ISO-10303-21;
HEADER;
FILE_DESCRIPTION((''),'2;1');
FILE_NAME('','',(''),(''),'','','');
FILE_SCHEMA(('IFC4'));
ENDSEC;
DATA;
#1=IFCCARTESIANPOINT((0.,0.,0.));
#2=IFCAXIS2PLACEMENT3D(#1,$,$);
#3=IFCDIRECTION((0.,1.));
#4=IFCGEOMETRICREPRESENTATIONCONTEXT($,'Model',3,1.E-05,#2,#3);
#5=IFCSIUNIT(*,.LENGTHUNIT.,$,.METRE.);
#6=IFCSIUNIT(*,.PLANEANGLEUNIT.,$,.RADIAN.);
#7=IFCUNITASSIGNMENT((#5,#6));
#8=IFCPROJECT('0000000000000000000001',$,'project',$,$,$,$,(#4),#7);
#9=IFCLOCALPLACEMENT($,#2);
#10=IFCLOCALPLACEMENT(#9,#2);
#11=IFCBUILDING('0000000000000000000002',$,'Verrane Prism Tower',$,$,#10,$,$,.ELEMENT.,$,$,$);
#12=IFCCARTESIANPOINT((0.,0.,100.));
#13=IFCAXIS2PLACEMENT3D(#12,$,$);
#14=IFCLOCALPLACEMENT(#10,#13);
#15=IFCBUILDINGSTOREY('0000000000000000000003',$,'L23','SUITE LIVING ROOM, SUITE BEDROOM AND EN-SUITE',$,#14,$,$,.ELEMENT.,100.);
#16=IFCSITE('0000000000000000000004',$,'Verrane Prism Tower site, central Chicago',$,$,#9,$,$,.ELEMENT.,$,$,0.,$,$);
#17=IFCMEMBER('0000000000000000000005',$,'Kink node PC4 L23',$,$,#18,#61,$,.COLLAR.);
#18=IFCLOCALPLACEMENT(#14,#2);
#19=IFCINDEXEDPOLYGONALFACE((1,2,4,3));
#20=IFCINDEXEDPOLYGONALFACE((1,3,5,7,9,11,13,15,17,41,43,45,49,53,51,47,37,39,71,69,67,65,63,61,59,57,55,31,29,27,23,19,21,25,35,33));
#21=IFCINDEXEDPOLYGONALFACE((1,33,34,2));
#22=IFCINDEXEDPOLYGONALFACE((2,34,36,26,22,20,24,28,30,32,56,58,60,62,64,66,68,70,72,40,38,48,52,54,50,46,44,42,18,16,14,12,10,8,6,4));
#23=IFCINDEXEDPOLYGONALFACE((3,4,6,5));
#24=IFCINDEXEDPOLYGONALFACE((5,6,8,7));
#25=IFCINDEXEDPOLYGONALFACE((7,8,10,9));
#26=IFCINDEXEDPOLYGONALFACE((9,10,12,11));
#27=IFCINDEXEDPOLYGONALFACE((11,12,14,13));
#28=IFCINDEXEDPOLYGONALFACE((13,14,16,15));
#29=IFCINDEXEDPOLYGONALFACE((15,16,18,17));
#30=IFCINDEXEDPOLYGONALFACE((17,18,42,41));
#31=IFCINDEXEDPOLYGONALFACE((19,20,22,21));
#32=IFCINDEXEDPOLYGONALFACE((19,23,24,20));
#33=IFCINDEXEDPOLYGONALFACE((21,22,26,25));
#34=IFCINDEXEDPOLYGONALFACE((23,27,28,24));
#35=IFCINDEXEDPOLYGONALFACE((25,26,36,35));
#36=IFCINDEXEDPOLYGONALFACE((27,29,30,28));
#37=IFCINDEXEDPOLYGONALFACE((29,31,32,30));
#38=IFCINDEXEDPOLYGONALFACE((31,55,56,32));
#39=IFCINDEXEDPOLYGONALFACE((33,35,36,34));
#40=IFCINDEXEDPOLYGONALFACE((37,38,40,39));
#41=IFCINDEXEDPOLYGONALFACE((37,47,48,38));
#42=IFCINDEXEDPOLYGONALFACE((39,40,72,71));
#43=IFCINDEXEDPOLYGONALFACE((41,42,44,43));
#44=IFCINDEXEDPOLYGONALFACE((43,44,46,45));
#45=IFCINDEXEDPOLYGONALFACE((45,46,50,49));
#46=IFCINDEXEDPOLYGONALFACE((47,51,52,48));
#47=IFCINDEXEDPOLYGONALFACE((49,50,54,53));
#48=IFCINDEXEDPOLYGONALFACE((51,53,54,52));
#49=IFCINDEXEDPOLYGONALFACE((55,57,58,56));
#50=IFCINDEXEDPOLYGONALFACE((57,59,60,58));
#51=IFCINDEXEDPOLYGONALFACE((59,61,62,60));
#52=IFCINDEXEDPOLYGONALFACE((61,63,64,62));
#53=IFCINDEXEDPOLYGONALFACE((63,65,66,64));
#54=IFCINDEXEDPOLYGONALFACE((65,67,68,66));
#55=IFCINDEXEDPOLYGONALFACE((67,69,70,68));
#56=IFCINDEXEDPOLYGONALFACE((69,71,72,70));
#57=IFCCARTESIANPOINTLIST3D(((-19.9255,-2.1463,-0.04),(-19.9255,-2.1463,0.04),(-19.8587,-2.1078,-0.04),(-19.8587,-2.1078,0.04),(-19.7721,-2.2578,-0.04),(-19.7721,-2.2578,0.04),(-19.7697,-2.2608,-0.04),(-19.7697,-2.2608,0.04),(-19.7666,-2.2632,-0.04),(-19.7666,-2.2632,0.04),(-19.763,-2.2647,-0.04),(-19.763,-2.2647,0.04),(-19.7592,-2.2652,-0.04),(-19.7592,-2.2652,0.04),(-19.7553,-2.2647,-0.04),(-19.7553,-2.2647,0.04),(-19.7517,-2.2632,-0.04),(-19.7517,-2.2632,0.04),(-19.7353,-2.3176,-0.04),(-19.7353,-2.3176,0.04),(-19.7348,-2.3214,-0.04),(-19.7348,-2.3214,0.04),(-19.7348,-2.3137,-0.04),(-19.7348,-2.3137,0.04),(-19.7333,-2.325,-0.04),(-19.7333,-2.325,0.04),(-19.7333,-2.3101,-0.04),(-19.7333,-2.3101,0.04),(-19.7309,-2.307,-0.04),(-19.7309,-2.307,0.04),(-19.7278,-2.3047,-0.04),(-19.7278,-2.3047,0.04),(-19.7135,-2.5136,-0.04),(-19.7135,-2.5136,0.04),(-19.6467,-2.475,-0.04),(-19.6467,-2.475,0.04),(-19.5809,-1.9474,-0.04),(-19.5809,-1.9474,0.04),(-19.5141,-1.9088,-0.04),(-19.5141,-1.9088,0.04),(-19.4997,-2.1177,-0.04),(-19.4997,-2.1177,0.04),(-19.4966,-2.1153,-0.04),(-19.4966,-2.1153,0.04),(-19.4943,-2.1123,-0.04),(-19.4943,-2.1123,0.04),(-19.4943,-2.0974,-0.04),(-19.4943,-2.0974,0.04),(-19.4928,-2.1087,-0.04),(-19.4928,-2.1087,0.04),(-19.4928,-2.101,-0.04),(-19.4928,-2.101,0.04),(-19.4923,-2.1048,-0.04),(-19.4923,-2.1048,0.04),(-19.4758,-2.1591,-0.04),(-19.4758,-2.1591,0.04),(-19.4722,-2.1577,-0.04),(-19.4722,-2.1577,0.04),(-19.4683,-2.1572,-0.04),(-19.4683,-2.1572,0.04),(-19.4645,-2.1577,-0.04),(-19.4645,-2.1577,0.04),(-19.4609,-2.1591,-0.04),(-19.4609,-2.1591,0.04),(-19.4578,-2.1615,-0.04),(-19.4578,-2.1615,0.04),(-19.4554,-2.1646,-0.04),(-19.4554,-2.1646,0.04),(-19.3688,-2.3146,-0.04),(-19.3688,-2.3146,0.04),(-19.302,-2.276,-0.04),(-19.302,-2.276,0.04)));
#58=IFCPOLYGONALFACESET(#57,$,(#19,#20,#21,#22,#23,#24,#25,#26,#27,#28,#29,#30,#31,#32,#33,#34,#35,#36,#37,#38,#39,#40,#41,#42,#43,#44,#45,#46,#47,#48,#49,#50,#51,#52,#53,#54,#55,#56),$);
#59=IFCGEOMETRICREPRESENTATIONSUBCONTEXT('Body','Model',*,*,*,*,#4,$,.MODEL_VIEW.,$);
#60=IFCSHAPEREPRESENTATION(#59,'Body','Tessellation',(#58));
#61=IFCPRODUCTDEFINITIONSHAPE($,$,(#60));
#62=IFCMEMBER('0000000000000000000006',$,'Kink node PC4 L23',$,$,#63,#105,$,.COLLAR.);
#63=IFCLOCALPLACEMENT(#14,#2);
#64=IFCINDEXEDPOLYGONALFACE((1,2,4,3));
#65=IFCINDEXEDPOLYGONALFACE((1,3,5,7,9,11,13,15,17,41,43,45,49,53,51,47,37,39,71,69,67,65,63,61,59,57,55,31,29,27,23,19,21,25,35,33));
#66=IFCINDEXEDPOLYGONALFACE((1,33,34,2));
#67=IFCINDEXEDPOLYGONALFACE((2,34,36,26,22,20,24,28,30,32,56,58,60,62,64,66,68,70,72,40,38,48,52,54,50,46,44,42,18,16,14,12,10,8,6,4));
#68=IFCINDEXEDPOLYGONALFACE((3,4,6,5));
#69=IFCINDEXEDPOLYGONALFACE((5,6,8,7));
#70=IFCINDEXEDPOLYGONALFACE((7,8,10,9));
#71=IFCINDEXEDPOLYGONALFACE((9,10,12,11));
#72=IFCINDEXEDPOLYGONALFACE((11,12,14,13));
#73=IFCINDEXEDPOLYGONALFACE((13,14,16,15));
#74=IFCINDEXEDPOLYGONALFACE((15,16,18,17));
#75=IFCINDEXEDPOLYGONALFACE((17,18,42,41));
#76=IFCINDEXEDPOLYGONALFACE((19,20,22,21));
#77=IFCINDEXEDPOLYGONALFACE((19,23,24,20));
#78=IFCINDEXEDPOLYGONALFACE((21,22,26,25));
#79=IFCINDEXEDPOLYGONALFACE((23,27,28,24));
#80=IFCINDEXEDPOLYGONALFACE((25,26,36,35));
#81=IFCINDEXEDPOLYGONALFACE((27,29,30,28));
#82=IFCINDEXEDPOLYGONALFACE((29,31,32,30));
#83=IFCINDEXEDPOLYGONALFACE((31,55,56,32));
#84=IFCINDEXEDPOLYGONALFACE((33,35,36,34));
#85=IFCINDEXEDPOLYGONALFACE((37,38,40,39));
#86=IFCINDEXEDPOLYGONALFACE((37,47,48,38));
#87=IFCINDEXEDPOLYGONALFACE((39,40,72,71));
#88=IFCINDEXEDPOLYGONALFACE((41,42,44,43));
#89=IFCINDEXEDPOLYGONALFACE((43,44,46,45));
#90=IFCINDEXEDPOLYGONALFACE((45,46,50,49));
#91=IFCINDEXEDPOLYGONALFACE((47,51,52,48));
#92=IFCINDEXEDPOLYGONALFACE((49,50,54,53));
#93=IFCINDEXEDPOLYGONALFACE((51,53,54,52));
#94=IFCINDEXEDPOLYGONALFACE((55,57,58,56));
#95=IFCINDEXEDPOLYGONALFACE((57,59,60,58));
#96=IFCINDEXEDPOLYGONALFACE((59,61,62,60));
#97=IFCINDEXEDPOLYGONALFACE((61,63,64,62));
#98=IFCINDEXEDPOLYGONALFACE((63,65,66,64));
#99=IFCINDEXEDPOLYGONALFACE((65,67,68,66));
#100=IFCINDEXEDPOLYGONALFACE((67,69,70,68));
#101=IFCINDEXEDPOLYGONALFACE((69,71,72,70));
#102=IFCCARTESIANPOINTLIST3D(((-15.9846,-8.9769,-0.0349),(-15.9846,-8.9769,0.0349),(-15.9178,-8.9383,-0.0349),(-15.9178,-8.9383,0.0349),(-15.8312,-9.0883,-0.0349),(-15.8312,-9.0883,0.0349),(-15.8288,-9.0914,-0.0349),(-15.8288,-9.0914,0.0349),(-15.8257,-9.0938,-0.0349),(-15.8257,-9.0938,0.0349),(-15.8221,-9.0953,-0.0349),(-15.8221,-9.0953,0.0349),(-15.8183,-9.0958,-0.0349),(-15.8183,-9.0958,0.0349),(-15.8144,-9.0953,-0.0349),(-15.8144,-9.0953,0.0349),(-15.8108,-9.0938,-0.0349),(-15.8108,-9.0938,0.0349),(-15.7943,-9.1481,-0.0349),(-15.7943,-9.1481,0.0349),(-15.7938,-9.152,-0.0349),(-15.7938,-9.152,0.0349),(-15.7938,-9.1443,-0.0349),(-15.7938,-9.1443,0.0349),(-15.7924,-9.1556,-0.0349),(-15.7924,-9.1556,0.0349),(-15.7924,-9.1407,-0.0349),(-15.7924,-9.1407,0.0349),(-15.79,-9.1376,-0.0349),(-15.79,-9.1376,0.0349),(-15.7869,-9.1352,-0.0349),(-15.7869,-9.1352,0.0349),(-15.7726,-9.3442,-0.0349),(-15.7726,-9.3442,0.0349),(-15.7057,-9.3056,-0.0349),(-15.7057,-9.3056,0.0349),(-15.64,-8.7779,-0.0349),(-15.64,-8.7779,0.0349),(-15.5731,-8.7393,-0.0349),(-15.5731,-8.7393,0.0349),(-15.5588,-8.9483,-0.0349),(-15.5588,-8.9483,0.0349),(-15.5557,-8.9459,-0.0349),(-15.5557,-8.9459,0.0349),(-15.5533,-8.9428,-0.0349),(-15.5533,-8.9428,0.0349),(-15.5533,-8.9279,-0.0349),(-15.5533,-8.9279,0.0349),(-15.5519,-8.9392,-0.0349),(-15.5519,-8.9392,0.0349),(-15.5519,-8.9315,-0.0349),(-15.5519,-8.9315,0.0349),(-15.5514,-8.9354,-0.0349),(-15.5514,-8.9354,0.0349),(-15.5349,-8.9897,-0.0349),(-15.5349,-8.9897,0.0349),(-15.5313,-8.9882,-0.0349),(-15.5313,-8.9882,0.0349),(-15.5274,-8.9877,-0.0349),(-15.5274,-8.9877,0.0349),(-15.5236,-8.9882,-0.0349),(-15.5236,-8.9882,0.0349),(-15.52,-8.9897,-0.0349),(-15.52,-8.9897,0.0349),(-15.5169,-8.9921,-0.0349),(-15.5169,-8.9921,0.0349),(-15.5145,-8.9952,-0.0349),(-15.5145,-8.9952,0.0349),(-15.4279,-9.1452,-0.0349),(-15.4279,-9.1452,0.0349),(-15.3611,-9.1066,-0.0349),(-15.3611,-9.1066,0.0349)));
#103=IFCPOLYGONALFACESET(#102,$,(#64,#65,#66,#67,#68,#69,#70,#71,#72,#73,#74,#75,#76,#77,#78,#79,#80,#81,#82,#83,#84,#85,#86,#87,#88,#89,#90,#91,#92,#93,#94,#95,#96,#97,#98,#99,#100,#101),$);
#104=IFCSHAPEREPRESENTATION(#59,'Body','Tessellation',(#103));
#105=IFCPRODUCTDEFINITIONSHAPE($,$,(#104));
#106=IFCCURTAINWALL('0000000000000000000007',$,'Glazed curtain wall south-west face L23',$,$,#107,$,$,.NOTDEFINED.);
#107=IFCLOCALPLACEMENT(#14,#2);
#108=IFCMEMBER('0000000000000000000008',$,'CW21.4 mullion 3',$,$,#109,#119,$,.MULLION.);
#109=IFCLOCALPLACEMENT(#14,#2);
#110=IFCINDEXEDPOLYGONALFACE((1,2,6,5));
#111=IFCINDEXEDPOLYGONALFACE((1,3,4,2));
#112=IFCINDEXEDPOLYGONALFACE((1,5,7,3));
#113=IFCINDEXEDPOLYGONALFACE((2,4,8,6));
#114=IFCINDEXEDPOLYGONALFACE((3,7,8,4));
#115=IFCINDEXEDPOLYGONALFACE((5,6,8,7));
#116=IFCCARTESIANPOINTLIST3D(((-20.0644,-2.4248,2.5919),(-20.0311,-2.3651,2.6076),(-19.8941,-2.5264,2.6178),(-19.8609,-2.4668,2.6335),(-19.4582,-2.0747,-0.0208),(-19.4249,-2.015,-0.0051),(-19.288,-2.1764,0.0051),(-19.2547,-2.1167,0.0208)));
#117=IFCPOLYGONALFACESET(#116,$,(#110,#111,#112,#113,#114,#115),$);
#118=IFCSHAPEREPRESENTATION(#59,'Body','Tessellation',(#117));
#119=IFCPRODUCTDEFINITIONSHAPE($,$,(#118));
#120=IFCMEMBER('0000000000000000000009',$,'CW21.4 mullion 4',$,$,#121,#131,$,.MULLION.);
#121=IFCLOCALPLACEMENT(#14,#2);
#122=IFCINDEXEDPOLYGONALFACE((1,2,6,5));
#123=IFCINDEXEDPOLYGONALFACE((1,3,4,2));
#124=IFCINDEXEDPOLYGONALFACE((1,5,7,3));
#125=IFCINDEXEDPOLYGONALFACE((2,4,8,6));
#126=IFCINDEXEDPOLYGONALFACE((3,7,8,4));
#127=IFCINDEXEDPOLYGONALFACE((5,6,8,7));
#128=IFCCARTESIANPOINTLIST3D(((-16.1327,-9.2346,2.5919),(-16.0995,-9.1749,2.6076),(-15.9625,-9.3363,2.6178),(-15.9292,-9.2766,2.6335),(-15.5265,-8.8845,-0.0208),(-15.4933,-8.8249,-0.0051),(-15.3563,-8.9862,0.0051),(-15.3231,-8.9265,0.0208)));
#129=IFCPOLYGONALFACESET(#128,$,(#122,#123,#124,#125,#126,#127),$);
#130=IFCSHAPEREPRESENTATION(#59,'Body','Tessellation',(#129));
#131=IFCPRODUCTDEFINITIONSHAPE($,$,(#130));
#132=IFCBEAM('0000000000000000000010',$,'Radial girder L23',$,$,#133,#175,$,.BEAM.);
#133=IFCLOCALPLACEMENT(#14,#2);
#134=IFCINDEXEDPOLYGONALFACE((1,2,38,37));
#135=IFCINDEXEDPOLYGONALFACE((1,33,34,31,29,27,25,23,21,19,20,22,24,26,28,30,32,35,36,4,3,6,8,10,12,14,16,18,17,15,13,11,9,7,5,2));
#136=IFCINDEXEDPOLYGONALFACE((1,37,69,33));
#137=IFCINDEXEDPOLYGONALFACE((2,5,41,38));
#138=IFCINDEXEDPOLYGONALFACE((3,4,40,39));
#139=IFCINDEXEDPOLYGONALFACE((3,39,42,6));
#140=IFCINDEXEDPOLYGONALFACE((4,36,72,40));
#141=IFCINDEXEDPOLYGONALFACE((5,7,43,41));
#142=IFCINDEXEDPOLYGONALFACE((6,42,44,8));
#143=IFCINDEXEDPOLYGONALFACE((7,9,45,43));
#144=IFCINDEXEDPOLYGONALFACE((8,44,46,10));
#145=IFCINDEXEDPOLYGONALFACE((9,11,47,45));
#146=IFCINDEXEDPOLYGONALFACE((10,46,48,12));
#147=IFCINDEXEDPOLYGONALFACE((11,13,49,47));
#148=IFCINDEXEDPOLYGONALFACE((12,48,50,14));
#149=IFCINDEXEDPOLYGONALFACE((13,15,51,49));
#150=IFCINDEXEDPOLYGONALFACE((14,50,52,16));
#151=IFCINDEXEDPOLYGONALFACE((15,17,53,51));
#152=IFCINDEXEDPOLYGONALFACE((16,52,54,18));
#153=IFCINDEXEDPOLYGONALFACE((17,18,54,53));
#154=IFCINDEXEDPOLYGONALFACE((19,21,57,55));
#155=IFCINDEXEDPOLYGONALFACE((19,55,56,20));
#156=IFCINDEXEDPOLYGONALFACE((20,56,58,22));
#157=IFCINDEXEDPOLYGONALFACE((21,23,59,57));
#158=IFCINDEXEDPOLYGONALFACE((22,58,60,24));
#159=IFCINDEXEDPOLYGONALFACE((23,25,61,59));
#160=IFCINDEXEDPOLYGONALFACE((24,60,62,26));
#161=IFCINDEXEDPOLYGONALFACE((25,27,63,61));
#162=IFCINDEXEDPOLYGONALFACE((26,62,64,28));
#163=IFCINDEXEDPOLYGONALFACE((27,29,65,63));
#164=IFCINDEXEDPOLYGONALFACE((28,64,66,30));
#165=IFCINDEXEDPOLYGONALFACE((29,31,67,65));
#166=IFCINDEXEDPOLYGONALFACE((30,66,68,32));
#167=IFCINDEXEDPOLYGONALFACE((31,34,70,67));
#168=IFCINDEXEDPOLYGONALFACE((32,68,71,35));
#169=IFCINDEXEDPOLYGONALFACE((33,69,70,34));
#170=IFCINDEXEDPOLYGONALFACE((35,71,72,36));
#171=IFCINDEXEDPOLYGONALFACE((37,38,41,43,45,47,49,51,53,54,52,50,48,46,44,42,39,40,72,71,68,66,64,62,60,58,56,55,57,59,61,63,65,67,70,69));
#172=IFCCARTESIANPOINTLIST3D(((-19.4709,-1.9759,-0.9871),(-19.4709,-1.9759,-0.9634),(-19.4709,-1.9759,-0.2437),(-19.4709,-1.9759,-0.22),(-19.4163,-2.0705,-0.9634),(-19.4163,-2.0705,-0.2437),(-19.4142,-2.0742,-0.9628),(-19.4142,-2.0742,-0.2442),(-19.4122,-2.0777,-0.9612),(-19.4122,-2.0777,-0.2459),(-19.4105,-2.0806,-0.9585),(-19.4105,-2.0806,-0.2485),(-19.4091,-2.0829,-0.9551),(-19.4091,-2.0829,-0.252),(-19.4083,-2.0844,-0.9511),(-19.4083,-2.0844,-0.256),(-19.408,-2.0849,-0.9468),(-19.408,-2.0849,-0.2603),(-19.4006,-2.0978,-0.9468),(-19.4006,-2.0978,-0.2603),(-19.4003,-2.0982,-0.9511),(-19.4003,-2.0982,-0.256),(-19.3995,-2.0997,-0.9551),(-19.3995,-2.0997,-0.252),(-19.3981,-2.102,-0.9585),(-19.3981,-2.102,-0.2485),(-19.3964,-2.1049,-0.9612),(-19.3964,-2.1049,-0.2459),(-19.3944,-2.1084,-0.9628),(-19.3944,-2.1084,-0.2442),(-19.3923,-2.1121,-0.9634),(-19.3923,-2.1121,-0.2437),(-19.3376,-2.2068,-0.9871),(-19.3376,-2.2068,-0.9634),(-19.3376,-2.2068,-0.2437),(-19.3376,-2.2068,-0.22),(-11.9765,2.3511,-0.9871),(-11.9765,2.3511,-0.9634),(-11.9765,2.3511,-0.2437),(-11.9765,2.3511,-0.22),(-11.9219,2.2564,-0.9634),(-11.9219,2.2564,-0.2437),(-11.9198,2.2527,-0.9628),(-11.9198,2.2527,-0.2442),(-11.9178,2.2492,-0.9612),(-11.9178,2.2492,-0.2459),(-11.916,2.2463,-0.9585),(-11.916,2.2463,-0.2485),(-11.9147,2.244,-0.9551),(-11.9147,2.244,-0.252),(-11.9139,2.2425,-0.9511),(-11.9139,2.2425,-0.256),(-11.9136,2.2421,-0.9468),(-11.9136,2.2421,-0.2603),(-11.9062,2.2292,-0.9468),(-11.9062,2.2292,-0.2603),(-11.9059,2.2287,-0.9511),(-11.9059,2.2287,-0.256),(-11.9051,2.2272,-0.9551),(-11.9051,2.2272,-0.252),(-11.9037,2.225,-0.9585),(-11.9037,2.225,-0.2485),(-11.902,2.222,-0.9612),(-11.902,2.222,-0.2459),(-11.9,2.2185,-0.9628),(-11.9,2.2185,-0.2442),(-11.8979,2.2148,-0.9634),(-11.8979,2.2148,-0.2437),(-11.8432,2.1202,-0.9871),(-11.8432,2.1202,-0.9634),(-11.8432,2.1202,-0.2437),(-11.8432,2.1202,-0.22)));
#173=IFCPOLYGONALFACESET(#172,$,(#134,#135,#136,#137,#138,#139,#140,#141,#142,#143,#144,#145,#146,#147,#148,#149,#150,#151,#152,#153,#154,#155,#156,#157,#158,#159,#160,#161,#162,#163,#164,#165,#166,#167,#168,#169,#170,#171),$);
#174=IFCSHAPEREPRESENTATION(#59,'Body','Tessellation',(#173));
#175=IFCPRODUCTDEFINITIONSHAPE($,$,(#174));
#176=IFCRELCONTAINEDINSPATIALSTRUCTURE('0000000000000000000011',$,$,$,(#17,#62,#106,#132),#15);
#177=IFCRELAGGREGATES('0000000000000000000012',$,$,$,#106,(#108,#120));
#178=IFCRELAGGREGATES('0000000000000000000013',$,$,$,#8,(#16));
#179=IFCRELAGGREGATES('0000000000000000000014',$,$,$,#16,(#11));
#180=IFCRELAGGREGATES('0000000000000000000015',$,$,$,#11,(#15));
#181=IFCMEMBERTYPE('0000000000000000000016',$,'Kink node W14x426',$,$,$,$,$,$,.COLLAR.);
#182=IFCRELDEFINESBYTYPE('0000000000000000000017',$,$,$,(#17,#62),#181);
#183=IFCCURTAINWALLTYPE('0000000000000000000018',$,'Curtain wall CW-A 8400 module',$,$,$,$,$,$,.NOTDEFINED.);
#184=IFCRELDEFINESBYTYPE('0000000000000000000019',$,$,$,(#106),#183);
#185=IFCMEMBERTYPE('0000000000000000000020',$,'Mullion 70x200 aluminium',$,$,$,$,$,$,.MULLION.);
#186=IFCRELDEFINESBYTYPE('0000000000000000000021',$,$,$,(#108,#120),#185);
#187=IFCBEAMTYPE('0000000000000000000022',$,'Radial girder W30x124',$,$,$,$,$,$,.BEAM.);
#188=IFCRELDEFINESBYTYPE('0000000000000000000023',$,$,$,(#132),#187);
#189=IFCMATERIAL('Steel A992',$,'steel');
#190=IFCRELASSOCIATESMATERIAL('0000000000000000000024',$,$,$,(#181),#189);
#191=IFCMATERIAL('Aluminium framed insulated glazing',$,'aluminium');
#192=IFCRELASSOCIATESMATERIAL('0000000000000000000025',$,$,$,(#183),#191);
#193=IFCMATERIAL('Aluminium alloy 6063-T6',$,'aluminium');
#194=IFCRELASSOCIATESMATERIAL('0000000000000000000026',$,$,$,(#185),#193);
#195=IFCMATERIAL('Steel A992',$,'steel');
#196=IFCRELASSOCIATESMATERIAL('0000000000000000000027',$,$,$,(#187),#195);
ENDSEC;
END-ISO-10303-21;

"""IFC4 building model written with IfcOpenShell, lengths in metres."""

from ifc_helpers import new_model, si_unit, direction, frame, origin, origin_2d, place, context, subcontext, project, spatial, rectangle, i_section, extrude, material, material_profile, profile_set, type_object, element, aggregate, save


model = new_model("IFC4")

# Units and contexts
model_context = context("Model", 3, precision=1e-05, world=origin(), true_north=direction((0.0, 1.0)))
body_context = subcontext(model_context, "Body", "Model", "MODEL_VIEW")
ifc_project = project(units=[si_unit("LENGTHUNIT", "METRE"), si_unit("PLANEANGLEUNIT", "RADIAN")], contexts=[model_context])

# Site, building, storey
site_placement = place(None, origin())
site = spatial("IfcSite", under=ifc_project, at=site_placement, Name="Verrane Prism Tower site, central Chicago", CompositionType="ELEMENT", RefElevation=0.0)
building_placement = place(site_placement, origin())
building = spatial("IfcBuilding", under=site, at=building_placement, Name="Verrane Prism Tower", CompositionType="ELEMENT")
storey_placement = place(building_placement, frame((0.0, 0.0, 100.0)))
storey = spatial("IfcBuildingStorey", under=building, at=storey_placement, Name="L23", Description="SUITE LIVING ROOM, SUITE BEDROOM AND EN-SUITE", CompositionType="ELEMENT", Elevation=100.0)

# Members
ifc_material_1 = material(Name="Steel A992", Category="steel")
ifc_material_profile_1 = material_profile(ifc_material_1, i_section(OverallWidth=0.4241, OverallDepth=0.4751, WebThickness=0.0479, FlangeThickness=0.0771, FilletRadius=0.0149, at=origin_2d()), Name="W14x426")
ifc_profile_set_1 = profile_set([ifc_material_profile_1], Name="Steel A992")
member_type_1 = type_object("IfcMemberType", Name="Kink node W14x426", PredefinedType="COLLAR", material=ifc_profile_set_1)
member_1_placement = place(storey_placement, frame((-19.6138, -2.2112, -0.04), z_axis=(0.0, 0.0, 1.0), x_axis=(-0.5, 0.866025, 0.0)))
element("IfcMember", 1, at=member_1_placement, inside=storey, type_object=member_type_1, Name="Kink node PC4 L23", PredefinedType="COLLAR", context=body_context, shape_type="SweptSolid", body=[
    extrude(i_section(OverallWidth=0.4241, OverallDepth=0.4751, WebThickness=0.0479, FlangeThickness=0.0771, FilletRadius=0.0149, at=origin_2d()), origin(), (0.0, 0.0, 1.0), 0.0801),
])
member_2_placement = place(storey_placement, frame((-15.6729, -9.0417, -0.0349), z_axis=(0.0, 0.0, 1.0), x_axis=(-0.5, 0.866025, 0.0)))
element("IfcMember", 2, at=member_2_placement, inside=storey, type_object=member_type_1, Name="Kink node PC4 L23", PredefinedType="COLLAR", context=body_context, shape_type="SweptSolid", body=[
    extrude(i_section(OverallWidth=0.4241, OverallDepth=0.4751, WebThickness=0.0479, FlangeThickness=0.0771, FilletRadius=0.0149, at=origin_2d()), origin(), (0.0, 0.0, 1.0), 0.0698),
])

# Curtain wall, members
ifc_material_2 = material(Name="Aluminium framed insulated glazing", Category="aluminium")
curtain_wall_type = type_object("IfcCurtainWallType", Name="Curtain wall CW-A 8400 module", PredefinedType="NOTDEFINED", material=ifc_material_2)
curtain_wall_placement = place(storey_placement, origin())
curtain_wall = element("IfcCurtainWall", 3, at=curtain_wall_placement, inside=storey, type_object=curtain_wall_type, Name="Glazed curtain wall south-west face L23", PredefinedType="NOTDEFINED")
ifc_material_3 = material(Name="Aluminium alloy 6063-T6", Category="aluminium")
ifc_material_profile_2 = material_profile(ifc_material_3, rectangle(XDim=0.2, YDim=0.0701, at=origin_2d()), Name="Mullion 70x200 aluminium")
ifc_profile_set_2 = profile_set([ifc_material_profile_2], Name="Aluminium alloy 6063-T6")
member_type_2 = type_object("IfcMemberType", Name="Mullion 70x200 aluminium", PredefinedType="MULLION", material=ifc_profile_set_2)
member_3_placement = place(storey_placement, frame((-19.3564, -2.0957, 0.0), z_axis=(-0.224108, -0.129429, 0.965931), x_axis=(0.851341, -0.508405, 0.129399)))
member_3 = element("IfcMember", 4, at=member_3_placement, type_object=member_type_2, Name="CW21.4 mullion 3", PredefinedType="MULLION", context=body_context, shape_type="SweptSolid", body=[
    extrude(rectangle(XDim=0.2, YDim=0.0701, at=origin_2d()), origin(), (0.0, 0.0, 1.0), 2.7048),
])
member_4_placement = place(storey_placement, frame((-15.4248, -8.9055, 0.0), z_axis=(-0.224108, -0.129429, 0.965931), x_axis=(0.851341, -0.508405, 0.129399)))
member_4 = element("IfcMember", 5, at=member_4_placement, type_object=member_type_2, Name="CW21.4 mullion 4", PredefinedType="MULLION", context=body_context, shape_type="SweptSolid", body=[
    extrude(rectangle(XDim=0.2, YDim=0.0701, at=origin_2d()), origin(), (0.0, 0.0, 1.0), 2.7048),
])

# Beam
ifc_material_4 = material(Name="Steel A992", Category="steel")
ifc_material_profile_3 = material_profile(ifc_material_4, i_section(OverallWidth=0.2666, OverallDepth=0.7671, WebThickness=0.0149, FlangeThickness=0.0237, FilletRadius=0.0166, at=origin_2d()), Name="W30x124")
ifc_profile_set_3 = profile_set([ifc_material_profile_3], Name="Steel A992")
beam_type_1 = type_object("IfcBeamType", Name="Radial girder W30x124", PredefinedType="BEAM", material=ifc_profile_set_3)
beam_1_placement = place(storey_placement, frame((-19.4043, -2.0913, -0.6035), z_axis=(0.866024, 0.500002, 0.0), x_axis=(-0.500002, 0.866024, 0.0)))
element("IfcBeam", 6, at=beam_1_placement, inside=storey, type_object=beam_type_1, Name="Radial girder L23", PredefinedType="BEAM", context=body_context, shape_type="SweptSolid", body=[
    extrude(i_section(OverallWidth=0.2666, OverallDepth=0.7671, WebThickness=0.0149, FlangeThickness=0.0237, FilletRadius=0.0166, at=origin_2d()), origin(), (0.0, 0.0, 1.0), 8.6538),
])

aggregate(curtain_wall, [member_3, member_4])

save(model, "model.ifc")
